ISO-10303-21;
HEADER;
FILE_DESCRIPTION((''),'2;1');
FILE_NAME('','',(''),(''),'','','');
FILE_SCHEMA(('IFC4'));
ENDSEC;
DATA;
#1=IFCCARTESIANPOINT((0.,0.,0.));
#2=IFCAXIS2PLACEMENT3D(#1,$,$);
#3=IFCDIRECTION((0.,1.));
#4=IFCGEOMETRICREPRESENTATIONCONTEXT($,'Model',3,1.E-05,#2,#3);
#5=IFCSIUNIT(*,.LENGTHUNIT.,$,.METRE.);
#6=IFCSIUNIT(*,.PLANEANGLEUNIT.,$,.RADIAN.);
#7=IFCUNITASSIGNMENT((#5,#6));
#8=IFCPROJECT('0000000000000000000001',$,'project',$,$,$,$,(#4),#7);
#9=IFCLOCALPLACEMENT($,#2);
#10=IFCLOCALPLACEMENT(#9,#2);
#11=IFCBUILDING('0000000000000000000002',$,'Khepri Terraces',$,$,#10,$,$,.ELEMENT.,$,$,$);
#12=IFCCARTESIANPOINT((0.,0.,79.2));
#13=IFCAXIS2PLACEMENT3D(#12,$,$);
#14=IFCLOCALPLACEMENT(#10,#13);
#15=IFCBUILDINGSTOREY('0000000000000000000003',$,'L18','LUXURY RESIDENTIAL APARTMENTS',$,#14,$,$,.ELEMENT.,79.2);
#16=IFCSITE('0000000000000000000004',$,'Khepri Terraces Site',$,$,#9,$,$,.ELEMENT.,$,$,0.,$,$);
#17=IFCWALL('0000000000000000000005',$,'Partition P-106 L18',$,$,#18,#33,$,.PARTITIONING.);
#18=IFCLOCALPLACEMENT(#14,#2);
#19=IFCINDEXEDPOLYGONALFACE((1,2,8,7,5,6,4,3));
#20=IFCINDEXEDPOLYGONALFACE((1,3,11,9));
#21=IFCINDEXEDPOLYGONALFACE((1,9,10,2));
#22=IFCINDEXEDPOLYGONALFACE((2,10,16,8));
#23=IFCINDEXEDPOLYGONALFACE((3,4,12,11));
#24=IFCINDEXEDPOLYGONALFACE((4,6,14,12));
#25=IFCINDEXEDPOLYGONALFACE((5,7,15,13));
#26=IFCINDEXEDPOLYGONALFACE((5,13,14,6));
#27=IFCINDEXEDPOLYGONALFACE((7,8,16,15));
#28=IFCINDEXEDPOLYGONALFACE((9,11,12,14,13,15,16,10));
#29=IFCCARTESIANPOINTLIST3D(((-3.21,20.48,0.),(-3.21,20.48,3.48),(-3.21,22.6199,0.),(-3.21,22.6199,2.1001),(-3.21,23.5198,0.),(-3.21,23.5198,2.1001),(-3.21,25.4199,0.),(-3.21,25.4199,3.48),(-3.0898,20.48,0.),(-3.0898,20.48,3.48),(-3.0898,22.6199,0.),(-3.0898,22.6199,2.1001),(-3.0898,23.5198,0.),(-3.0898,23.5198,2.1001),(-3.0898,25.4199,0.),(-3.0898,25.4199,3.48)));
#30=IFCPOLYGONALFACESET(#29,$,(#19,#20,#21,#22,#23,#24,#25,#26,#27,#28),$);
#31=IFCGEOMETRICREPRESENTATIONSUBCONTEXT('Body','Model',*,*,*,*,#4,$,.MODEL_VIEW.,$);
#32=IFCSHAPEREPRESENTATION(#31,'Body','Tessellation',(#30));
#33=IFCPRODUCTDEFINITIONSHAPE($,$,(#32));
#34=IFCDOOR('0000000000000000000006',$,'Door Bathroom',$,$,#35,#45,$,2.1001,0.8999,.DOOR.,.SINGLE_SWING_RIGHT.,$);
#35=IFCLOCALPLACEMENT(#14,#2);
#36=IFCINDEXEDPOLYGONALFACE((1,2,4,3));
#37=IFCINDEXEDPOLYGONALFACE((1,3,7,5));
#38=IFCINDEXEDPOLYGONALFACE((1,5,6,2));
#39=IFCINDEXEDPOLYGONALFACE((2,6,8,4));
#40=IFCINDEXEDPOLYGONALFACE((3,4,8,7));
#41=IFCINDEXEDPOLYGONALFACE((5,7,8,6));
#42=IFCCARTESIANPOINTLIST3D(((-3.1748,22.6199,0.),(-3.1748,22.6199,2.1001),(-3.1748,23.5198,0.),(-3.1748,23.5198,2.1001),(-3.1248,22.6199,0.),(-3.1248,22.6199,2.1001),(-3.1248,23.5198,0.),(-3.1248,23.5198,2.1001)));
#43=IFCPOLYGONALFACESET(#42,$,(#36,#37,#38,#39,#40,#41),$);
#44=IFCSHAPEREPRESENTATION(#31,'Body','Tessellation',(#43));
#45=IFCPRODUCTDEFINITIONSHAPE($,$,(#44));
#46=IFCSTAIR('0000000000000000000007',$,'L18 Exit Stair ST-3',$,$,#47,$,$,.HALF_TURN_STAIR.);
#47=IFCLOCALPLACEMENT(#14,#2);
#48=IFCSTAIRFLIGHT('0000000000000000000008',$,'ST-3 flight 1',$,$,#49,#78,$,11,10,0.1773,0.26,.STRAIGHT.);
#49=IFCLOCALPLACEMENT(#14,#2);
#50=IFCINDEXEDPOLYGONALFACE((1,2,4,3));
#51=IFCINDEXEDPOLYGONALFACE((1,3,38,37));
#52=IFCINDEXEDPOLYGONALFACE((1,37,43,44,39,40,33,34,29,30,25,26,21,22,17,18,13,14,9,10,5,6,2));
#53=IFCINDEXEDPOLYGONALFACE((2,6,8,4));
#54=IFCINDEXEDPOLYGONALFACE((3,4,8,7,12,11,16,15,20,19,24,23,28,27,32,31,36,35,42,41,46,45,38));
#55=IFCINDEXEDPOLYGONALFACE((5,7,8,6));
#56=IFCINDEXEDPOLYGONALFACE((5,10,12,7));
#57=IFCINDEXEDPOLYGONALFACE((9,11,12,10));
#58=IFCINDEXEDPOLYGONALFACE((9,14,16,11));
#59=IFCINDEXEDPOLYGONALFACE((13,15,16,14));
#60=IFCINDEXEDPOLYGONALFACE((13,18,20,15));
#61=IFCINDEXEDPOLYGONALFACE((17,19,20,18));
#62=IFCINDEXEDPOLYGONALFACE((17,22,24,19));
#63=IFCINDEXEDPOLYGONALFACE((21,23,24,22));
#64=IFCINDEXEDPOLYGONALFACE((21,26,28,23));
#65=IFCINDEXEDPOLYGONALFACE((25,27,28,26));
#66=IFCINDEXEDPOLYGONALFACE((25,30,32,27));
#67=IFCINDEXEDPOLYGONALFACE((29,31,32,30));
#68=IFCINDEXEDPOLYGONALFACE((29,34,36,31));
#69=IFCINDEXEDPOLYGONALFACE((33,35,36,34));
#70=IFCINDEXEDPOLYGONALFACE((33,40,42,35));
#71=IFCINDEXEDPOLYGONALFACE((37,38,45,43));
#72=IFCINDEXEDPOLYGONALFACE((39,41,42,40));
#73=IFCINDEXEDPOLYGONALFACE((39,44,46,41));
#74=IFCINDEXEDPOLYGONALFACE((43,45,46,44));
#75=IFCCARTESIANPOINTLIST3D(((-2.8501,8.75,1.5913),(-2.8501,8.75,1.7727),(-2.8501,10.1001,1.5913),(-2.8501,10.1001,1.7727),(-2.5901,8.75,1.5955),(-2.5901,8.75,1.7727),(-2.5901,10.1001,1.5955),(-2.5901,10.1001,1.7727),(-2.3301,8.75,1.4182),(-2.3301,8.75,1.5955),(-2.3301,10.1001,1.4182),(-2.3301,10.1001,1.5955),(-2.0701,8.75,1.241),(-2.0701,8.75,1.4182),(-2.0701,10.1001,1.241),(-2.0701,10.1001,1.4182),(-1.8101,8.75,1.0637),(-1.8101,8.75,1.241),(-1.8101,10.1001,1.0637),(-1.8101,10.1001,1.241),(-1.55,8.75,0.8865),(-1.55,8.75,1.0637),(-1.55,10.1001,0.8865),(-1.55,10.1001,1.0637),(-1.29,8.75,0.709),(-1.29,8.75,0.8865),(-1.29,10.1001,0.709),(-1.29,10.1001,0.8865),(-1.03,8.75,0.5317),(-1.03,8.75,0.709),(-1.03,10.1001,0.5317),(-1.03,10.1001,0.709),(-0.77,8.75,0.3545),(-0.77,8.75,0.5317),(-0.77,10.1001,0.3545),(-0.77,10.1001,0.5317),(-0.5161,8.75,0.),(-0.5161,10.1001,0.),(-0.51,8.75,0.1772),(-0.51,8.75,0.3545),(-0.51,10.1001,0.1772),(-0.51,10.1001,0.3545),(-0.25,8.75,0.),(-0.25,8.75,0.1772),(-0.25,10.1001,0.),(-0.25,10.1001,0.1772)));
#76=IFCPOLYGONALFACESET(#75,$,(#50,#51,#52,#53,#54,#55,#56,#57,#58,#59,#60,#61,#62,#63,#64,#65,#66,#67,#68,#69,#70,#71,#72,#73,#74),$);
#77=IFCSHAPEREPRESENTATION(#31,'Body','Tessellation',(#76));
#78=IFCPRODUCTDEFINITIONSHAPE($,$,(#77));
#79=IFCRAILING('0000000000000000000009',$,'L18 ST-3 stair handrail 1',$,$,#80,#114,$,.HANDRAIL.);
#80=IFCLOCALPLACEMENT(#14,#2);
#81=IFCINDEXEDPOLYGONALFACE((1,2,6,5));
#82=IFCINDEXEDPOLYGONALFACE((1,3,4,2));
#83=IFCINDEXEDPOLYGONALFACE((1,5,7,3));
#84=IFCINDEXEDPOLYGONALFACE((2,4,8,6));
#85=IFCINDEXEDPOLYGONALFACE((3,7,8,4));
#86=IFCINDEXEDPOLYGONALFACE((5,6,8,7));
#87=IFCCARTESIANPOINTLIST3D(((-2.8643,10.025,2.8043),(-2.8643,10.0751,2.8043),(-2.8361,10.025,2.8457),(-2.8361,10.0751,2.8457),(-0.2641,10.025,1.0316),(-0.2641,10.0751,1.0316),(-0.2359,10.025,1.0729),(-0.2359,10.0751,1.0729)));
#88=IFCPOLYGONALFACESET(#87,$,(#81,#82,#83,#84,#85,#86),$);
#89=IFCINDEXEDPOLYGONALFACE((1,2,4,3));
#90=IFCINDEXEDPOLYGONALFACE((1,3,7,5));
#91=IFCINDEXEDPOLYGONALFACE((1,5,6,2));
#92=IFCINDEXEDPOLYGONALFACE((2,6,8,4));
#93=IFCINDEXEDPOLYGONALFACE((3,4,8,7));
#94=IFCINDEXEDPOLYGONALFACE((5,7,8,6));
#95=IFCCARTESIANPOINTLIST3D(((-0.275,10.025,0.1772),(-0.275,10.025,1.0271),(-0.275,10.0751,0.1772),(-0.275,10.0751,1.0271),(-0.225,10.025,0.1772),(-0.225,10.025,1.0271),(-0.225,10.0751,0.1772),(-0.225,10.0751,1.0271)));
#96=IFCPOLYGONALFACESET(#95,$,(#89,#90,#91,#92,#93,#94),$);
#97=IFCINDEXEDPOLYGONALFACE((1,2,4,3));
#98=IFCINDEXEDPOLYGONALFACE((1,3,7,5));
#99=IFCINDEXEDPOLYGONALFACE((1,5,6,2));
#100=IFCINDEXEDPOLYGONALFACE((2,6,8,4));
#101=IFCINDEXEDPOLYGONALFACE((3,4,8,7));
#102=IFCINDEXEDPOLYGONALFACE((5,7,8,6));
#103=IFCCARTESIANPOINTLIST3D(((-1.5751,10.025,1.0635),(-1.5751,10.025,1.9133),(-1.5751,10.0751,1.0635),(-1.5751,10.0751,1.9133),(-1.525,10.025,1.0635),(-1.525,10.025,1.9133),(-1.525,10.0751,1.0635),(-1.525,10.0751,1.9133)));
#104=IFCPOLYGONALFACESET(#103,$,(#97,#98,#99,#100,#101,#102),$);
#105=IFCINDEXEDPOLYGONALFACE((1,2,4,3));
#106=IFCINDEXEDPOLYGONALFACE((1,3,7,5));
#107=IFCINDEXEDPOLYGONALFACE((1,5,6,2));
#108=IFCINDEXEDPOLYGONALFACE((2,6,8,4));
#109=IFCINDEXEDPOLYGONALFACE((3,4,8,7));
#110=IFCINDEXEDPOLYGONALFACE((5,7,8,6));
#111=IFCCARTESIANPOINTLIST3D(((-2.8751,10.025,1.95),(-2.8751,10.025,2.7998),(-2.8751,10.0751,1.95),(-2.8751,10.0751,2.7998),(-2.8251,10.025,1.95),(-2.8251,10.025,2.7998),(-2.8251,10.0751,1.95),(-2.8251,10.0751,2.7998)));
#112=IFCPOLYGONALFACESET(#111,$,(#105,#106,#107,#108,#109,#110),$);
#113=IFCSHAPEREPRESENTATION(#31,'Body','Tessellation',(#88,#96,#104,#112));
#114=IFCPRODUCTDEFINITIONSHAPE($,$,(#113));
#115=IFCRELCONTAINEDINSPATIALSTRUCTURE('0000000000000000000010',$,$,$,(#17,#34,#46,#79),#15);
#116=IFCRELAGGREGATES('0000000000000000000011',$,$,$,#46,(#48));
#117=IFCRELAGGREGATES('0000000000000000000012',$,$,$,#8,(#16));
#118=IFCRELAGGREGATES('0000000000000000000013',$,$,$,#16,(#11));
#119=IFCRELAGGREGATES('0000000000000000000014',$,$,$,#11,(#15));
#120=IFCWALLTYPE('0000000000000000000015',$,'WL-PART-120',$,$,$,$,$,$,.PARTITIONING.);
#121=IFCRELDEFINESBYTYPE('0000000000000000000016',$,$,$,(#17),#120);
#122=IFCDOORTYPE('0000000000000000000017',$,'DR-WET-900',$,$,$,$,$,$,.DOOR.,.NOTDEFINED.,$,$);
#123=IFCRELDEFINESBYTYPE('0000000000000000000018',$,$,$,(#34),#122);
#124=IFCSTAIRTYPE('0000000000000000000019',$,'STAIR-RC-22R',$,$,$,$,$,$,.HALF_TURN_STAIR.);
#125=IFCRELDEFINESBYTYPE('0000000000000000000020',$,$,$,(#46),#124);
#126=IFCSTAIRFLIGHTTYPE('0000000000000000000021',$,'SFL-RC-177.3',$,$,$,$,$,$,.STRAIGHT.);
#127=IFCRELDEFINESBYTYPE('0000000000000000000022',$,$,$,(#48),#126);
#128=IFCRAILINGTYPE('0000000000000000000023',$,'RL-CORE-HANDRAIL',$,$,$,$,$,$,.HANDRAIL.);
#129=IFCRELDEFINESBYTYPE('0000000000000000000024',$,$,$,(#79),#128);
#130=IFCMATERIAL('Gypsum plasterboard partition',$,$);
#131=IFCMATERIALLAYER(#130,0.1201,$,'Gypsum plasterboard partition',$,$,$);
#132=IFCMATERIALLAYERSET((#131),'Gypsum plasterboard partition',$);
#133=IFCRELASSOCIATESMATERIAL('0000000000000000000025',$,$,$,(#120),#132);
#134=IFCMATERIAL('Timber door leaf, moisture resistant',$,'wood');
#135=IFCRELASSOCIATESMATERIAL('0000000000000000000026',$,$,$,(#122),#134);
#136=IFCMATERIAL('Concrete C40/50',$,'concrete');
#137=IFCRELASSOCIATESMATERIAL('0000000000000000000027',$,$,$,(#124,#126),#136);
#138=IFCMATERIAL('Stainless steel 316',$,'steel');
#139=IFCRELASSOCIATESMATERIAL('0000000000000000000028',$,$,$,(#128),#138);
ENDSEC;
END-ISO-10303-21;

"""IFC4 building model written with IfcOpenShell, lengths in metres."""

from ifc_helpers import new_model, si_unit, direction, frame, frame_2d, origin, origin_2d, place, context, subcontext, project, spatial, polyline, rectangle, outline, extrude, material, layer, layer_set, type_object, element, fill, aggregate, save


model = new_model("IFC4")

# Units and contexts
model_context = context("Model", 3, precision=1e-05, world=origin(), true_north=direction((0.0, 1.0)))
body_context = subcontext(model_context, "Body", "Model", "MODEL_VIEW")
ifc_project = project(units=[si_unit("LENGTHUNIT", "METRE"), si_unit("PLANEANGLEUNIT", "RADIAN")], contexts=[model_context])

# Site, building, storey
site_placement = place(None, origin())
site = spatial("IfcSite", under=ifc_project, at=site_placement, Name="Khepri Terraces Site", CompositionType="ELEMENT", RefElevation=0.0)
building_placement = place(site_placement, origin())
building = spatial("IfcBuilding", under=site, at=building_placement, Name="Khepri Terraces", CompositionType="ELEMENT")
storey_placement = place(building_placement, frame((0.0, 0.0, 79.2)))
storey = spatial("IfcBuildingStorey", under=building, at=storey_placement, Name="L18", Description="LUXURY RESIDENTIAL APARTMENTS", CompositionType="ELEMENT", Elevation=79.2)

# Shared definitions
ifc_material_1 = material(Name="Gypsum plasterboard partition")
ifc_layer_1 = layer(ifc_material_1, 0.1201, Name="Gypsum plasterboard partition")
ifc_layer_set_1 = layer_set([ifc_layer_1], Name="Gypsum plasterboard partition")
wall_type_1 = type_object("IfcWallType", Name="WL-PART-120", PredefinedType="PARTITIONING", material=ifc_layer_set_1)

# Wall, opening, door
wall_1_placement = place(storey_placement, frame((-3.1499, 20.48, 0.0), z_axis=(0.0, 0.0, 1.0), x_axis=(0.0, 1.0, 0.0)))
wall_1 = element("IfcWall", 1, at=wall_1_placement, inside=storey, type_object=wall_type_1, Name="Partition P-106 L18", PredefinedType="PARTITIONING", context=body_context, shape_type="SweptSolid", body=[
    extrude(rectangle(XDim=4.9399, YDim=0.1201, at=frame_2d((2.47, 0.0))), origin(), (0.0, 0.0, 1.0), 3.48),
])
opening_1_placement = place(wall_1_placement, frame((2.1399, 0.0, 0.0)))
opening_1 = element("IfcOpeningElement", 2, at=opening_1_placement, cuts=wall_1, PredefinedType="OPENING", context=body_context, shape_type="SweptSolid", body=[
    extrude(rectangle(XDim=0.8999, YDim=2.1001, at=frame_2d((0.45, 1.05))), frame((0.0, 0.0701, 0.0), z_axis=(0.0, -1.0, 0.0), x_axis=(1.0, 0.0, 0.0)), (0.0, 0.0, 1.0), 0.1401),
])
ifc_material_2 = material(Name="Timber door leaf, moisture resistant", Category="wood")
door_type_1 = type_object("IfcDoorType", Name="DR-WET-900", OperationType="NOTDEFINED", PredefinedType="DOOR", material=ifc_material_2)
door_1_placement = place(opening_1_placement, origin())
door_1 = element("IfcDoor", 3, at=door_1_placement, inside=storey, type_object=door_type_1, Name="Door Bathroom", OperationType="SINGLE_SWING_RIGHT", OverallHeight=2.1001, OverallWidth=0.8999, PredefinedType="DOOR", context=body_context, shape_type="SweptSolid", body=[
    extrude(rectangle(XDim=0.8999, YDim=2.1001, at=frame_2d((0.45, 1.05))), frame((0.0, 0.0249, 0.0), z_axis=(0.0, -1.0, 0.0), x_axis=(1.0, 0.0, 0.0)), (0.0, 0.0, 1.0), 0.05),
])
fill(opening_1, door_1)

# Stair, stair flight
ifc_material_3 = material(Name="Concrete C40/50", Category="concrete")
stair_type = type_object("IfcStairType", Name="STAIR-RC-22R", PredefinedType="HALF_TURN_STAIR", material=ifc_material_3)
stair_placement = place(storey_placement, origin())
stair = element("IfcStair", 4, at=stair_placement, inside=storey, type_object=stair_type, Name="L18 Exit Stair ST-3", PredefinedType="HALF_TURN_STAIR")
stair_flight_type = type_object("IfcStairFlightType", Name="SFL-RC-177.3", PredefinedType="STRAIGHT", material=ifc_material_3)
stair_flight_placement = place(storey_placement, frame((-0.25, 9.425, 0.0), z_axis=(0.0, 0.0, 1.0), x_axis=(-1.0, 0.0, 0.0)))
stair_flight = element("IfcStairFlight", 5, at=stair_flight_placement, type_object=stair_flight_type, Name="ST-3 flight 1", NumberOfRisers=11, NumberOfTreads=10, PredefinedType="STRAIGHT", RiserHeight=0.1773, TreadLength=0.26, context=body_context, shape_type="SweptSolid", body=[
    extrude(outline(polyline([(0.0, 0.0), (0.0, 0.1772), (0.26, 0.1772), (0.26, 0.3545), (0.52, 0.3545), (0.52, 0.5317), (0.78, 0.5317), (0.78, 0.709), (1.04, 0.709), (1.04, 0.8865), (1.3, 0.8865), (1.3, 1.0637), (1.5601, 1.0637), (1.5601, 1.241), (1.8201, 1.241), (1.8201, 1.4182), (2.0801, 1.4182), (2.0801, 1.5955), (2.3401, 1.5955), (2.3401, 1.7727), (2.6001, 1.7727), (2.6001, 1.95), (2.6001, 1.5913), (0.2661, 0.0), (0.0, 0.0)])), frame((0.0, 0.675, 0.0), z_axis=(0.0, -1.0, 0.0), x_axis=(1.0, 0.0, 0.0)), (0.0, 0.0, 1.0), 1.3501),
])
aggregate(stair, [stair_flight])

# Railing
ifc_material_4 = material(Name="Stainless steel 316", Category="steel")
railing_type = type_object("IfcRailingType", Name="RL-CORE-HANDRAIL", PredefinedType="HANDRAIL", material=ifc_material_4)
railing_placement = place(storey_placement, frame((-0.25, 10.05, 0.1772)))
element("IfcRailing", 6, at=railing_placement, inside=storey, type_object=railing_type, Name="L18 ST-3 stair handrail 1", PredefinedType="HANDRAIL", context=body_context, shape_type="SweptSolid", body=[
    extrude(rectangle(XDim=0.05, YDim=0.05, at=origin_2d()), frame((0.0, 0.0, 0.875), z_axis=(-0.82624, 0.0, 0.563318), x_axis=(0.0, -1.0, 0.0)), (0.0, 0.0, 1.0), 3.147),
    extrude(rectangle(XDim=0.05, YDim=0.05, at=origin_2d()), origin(), (0.0, 0.0, 1.0), 0.8499),
    extrude(rectangle(XDim=0.05, YDim=0.05, at=origin_2d()), frame((-1.3, 0.0, 0.8862)), (0.0, 0.0, 1.0), 0.8499),
    extrude(rectangle(XDim=0.05, YDim=0.05, at=origin_2d()), frame((-2.6001, 0.0, 1.7727)), (0.0, 0.0, 1.0), 0.8499),
])

save(model, "model.ifc")
